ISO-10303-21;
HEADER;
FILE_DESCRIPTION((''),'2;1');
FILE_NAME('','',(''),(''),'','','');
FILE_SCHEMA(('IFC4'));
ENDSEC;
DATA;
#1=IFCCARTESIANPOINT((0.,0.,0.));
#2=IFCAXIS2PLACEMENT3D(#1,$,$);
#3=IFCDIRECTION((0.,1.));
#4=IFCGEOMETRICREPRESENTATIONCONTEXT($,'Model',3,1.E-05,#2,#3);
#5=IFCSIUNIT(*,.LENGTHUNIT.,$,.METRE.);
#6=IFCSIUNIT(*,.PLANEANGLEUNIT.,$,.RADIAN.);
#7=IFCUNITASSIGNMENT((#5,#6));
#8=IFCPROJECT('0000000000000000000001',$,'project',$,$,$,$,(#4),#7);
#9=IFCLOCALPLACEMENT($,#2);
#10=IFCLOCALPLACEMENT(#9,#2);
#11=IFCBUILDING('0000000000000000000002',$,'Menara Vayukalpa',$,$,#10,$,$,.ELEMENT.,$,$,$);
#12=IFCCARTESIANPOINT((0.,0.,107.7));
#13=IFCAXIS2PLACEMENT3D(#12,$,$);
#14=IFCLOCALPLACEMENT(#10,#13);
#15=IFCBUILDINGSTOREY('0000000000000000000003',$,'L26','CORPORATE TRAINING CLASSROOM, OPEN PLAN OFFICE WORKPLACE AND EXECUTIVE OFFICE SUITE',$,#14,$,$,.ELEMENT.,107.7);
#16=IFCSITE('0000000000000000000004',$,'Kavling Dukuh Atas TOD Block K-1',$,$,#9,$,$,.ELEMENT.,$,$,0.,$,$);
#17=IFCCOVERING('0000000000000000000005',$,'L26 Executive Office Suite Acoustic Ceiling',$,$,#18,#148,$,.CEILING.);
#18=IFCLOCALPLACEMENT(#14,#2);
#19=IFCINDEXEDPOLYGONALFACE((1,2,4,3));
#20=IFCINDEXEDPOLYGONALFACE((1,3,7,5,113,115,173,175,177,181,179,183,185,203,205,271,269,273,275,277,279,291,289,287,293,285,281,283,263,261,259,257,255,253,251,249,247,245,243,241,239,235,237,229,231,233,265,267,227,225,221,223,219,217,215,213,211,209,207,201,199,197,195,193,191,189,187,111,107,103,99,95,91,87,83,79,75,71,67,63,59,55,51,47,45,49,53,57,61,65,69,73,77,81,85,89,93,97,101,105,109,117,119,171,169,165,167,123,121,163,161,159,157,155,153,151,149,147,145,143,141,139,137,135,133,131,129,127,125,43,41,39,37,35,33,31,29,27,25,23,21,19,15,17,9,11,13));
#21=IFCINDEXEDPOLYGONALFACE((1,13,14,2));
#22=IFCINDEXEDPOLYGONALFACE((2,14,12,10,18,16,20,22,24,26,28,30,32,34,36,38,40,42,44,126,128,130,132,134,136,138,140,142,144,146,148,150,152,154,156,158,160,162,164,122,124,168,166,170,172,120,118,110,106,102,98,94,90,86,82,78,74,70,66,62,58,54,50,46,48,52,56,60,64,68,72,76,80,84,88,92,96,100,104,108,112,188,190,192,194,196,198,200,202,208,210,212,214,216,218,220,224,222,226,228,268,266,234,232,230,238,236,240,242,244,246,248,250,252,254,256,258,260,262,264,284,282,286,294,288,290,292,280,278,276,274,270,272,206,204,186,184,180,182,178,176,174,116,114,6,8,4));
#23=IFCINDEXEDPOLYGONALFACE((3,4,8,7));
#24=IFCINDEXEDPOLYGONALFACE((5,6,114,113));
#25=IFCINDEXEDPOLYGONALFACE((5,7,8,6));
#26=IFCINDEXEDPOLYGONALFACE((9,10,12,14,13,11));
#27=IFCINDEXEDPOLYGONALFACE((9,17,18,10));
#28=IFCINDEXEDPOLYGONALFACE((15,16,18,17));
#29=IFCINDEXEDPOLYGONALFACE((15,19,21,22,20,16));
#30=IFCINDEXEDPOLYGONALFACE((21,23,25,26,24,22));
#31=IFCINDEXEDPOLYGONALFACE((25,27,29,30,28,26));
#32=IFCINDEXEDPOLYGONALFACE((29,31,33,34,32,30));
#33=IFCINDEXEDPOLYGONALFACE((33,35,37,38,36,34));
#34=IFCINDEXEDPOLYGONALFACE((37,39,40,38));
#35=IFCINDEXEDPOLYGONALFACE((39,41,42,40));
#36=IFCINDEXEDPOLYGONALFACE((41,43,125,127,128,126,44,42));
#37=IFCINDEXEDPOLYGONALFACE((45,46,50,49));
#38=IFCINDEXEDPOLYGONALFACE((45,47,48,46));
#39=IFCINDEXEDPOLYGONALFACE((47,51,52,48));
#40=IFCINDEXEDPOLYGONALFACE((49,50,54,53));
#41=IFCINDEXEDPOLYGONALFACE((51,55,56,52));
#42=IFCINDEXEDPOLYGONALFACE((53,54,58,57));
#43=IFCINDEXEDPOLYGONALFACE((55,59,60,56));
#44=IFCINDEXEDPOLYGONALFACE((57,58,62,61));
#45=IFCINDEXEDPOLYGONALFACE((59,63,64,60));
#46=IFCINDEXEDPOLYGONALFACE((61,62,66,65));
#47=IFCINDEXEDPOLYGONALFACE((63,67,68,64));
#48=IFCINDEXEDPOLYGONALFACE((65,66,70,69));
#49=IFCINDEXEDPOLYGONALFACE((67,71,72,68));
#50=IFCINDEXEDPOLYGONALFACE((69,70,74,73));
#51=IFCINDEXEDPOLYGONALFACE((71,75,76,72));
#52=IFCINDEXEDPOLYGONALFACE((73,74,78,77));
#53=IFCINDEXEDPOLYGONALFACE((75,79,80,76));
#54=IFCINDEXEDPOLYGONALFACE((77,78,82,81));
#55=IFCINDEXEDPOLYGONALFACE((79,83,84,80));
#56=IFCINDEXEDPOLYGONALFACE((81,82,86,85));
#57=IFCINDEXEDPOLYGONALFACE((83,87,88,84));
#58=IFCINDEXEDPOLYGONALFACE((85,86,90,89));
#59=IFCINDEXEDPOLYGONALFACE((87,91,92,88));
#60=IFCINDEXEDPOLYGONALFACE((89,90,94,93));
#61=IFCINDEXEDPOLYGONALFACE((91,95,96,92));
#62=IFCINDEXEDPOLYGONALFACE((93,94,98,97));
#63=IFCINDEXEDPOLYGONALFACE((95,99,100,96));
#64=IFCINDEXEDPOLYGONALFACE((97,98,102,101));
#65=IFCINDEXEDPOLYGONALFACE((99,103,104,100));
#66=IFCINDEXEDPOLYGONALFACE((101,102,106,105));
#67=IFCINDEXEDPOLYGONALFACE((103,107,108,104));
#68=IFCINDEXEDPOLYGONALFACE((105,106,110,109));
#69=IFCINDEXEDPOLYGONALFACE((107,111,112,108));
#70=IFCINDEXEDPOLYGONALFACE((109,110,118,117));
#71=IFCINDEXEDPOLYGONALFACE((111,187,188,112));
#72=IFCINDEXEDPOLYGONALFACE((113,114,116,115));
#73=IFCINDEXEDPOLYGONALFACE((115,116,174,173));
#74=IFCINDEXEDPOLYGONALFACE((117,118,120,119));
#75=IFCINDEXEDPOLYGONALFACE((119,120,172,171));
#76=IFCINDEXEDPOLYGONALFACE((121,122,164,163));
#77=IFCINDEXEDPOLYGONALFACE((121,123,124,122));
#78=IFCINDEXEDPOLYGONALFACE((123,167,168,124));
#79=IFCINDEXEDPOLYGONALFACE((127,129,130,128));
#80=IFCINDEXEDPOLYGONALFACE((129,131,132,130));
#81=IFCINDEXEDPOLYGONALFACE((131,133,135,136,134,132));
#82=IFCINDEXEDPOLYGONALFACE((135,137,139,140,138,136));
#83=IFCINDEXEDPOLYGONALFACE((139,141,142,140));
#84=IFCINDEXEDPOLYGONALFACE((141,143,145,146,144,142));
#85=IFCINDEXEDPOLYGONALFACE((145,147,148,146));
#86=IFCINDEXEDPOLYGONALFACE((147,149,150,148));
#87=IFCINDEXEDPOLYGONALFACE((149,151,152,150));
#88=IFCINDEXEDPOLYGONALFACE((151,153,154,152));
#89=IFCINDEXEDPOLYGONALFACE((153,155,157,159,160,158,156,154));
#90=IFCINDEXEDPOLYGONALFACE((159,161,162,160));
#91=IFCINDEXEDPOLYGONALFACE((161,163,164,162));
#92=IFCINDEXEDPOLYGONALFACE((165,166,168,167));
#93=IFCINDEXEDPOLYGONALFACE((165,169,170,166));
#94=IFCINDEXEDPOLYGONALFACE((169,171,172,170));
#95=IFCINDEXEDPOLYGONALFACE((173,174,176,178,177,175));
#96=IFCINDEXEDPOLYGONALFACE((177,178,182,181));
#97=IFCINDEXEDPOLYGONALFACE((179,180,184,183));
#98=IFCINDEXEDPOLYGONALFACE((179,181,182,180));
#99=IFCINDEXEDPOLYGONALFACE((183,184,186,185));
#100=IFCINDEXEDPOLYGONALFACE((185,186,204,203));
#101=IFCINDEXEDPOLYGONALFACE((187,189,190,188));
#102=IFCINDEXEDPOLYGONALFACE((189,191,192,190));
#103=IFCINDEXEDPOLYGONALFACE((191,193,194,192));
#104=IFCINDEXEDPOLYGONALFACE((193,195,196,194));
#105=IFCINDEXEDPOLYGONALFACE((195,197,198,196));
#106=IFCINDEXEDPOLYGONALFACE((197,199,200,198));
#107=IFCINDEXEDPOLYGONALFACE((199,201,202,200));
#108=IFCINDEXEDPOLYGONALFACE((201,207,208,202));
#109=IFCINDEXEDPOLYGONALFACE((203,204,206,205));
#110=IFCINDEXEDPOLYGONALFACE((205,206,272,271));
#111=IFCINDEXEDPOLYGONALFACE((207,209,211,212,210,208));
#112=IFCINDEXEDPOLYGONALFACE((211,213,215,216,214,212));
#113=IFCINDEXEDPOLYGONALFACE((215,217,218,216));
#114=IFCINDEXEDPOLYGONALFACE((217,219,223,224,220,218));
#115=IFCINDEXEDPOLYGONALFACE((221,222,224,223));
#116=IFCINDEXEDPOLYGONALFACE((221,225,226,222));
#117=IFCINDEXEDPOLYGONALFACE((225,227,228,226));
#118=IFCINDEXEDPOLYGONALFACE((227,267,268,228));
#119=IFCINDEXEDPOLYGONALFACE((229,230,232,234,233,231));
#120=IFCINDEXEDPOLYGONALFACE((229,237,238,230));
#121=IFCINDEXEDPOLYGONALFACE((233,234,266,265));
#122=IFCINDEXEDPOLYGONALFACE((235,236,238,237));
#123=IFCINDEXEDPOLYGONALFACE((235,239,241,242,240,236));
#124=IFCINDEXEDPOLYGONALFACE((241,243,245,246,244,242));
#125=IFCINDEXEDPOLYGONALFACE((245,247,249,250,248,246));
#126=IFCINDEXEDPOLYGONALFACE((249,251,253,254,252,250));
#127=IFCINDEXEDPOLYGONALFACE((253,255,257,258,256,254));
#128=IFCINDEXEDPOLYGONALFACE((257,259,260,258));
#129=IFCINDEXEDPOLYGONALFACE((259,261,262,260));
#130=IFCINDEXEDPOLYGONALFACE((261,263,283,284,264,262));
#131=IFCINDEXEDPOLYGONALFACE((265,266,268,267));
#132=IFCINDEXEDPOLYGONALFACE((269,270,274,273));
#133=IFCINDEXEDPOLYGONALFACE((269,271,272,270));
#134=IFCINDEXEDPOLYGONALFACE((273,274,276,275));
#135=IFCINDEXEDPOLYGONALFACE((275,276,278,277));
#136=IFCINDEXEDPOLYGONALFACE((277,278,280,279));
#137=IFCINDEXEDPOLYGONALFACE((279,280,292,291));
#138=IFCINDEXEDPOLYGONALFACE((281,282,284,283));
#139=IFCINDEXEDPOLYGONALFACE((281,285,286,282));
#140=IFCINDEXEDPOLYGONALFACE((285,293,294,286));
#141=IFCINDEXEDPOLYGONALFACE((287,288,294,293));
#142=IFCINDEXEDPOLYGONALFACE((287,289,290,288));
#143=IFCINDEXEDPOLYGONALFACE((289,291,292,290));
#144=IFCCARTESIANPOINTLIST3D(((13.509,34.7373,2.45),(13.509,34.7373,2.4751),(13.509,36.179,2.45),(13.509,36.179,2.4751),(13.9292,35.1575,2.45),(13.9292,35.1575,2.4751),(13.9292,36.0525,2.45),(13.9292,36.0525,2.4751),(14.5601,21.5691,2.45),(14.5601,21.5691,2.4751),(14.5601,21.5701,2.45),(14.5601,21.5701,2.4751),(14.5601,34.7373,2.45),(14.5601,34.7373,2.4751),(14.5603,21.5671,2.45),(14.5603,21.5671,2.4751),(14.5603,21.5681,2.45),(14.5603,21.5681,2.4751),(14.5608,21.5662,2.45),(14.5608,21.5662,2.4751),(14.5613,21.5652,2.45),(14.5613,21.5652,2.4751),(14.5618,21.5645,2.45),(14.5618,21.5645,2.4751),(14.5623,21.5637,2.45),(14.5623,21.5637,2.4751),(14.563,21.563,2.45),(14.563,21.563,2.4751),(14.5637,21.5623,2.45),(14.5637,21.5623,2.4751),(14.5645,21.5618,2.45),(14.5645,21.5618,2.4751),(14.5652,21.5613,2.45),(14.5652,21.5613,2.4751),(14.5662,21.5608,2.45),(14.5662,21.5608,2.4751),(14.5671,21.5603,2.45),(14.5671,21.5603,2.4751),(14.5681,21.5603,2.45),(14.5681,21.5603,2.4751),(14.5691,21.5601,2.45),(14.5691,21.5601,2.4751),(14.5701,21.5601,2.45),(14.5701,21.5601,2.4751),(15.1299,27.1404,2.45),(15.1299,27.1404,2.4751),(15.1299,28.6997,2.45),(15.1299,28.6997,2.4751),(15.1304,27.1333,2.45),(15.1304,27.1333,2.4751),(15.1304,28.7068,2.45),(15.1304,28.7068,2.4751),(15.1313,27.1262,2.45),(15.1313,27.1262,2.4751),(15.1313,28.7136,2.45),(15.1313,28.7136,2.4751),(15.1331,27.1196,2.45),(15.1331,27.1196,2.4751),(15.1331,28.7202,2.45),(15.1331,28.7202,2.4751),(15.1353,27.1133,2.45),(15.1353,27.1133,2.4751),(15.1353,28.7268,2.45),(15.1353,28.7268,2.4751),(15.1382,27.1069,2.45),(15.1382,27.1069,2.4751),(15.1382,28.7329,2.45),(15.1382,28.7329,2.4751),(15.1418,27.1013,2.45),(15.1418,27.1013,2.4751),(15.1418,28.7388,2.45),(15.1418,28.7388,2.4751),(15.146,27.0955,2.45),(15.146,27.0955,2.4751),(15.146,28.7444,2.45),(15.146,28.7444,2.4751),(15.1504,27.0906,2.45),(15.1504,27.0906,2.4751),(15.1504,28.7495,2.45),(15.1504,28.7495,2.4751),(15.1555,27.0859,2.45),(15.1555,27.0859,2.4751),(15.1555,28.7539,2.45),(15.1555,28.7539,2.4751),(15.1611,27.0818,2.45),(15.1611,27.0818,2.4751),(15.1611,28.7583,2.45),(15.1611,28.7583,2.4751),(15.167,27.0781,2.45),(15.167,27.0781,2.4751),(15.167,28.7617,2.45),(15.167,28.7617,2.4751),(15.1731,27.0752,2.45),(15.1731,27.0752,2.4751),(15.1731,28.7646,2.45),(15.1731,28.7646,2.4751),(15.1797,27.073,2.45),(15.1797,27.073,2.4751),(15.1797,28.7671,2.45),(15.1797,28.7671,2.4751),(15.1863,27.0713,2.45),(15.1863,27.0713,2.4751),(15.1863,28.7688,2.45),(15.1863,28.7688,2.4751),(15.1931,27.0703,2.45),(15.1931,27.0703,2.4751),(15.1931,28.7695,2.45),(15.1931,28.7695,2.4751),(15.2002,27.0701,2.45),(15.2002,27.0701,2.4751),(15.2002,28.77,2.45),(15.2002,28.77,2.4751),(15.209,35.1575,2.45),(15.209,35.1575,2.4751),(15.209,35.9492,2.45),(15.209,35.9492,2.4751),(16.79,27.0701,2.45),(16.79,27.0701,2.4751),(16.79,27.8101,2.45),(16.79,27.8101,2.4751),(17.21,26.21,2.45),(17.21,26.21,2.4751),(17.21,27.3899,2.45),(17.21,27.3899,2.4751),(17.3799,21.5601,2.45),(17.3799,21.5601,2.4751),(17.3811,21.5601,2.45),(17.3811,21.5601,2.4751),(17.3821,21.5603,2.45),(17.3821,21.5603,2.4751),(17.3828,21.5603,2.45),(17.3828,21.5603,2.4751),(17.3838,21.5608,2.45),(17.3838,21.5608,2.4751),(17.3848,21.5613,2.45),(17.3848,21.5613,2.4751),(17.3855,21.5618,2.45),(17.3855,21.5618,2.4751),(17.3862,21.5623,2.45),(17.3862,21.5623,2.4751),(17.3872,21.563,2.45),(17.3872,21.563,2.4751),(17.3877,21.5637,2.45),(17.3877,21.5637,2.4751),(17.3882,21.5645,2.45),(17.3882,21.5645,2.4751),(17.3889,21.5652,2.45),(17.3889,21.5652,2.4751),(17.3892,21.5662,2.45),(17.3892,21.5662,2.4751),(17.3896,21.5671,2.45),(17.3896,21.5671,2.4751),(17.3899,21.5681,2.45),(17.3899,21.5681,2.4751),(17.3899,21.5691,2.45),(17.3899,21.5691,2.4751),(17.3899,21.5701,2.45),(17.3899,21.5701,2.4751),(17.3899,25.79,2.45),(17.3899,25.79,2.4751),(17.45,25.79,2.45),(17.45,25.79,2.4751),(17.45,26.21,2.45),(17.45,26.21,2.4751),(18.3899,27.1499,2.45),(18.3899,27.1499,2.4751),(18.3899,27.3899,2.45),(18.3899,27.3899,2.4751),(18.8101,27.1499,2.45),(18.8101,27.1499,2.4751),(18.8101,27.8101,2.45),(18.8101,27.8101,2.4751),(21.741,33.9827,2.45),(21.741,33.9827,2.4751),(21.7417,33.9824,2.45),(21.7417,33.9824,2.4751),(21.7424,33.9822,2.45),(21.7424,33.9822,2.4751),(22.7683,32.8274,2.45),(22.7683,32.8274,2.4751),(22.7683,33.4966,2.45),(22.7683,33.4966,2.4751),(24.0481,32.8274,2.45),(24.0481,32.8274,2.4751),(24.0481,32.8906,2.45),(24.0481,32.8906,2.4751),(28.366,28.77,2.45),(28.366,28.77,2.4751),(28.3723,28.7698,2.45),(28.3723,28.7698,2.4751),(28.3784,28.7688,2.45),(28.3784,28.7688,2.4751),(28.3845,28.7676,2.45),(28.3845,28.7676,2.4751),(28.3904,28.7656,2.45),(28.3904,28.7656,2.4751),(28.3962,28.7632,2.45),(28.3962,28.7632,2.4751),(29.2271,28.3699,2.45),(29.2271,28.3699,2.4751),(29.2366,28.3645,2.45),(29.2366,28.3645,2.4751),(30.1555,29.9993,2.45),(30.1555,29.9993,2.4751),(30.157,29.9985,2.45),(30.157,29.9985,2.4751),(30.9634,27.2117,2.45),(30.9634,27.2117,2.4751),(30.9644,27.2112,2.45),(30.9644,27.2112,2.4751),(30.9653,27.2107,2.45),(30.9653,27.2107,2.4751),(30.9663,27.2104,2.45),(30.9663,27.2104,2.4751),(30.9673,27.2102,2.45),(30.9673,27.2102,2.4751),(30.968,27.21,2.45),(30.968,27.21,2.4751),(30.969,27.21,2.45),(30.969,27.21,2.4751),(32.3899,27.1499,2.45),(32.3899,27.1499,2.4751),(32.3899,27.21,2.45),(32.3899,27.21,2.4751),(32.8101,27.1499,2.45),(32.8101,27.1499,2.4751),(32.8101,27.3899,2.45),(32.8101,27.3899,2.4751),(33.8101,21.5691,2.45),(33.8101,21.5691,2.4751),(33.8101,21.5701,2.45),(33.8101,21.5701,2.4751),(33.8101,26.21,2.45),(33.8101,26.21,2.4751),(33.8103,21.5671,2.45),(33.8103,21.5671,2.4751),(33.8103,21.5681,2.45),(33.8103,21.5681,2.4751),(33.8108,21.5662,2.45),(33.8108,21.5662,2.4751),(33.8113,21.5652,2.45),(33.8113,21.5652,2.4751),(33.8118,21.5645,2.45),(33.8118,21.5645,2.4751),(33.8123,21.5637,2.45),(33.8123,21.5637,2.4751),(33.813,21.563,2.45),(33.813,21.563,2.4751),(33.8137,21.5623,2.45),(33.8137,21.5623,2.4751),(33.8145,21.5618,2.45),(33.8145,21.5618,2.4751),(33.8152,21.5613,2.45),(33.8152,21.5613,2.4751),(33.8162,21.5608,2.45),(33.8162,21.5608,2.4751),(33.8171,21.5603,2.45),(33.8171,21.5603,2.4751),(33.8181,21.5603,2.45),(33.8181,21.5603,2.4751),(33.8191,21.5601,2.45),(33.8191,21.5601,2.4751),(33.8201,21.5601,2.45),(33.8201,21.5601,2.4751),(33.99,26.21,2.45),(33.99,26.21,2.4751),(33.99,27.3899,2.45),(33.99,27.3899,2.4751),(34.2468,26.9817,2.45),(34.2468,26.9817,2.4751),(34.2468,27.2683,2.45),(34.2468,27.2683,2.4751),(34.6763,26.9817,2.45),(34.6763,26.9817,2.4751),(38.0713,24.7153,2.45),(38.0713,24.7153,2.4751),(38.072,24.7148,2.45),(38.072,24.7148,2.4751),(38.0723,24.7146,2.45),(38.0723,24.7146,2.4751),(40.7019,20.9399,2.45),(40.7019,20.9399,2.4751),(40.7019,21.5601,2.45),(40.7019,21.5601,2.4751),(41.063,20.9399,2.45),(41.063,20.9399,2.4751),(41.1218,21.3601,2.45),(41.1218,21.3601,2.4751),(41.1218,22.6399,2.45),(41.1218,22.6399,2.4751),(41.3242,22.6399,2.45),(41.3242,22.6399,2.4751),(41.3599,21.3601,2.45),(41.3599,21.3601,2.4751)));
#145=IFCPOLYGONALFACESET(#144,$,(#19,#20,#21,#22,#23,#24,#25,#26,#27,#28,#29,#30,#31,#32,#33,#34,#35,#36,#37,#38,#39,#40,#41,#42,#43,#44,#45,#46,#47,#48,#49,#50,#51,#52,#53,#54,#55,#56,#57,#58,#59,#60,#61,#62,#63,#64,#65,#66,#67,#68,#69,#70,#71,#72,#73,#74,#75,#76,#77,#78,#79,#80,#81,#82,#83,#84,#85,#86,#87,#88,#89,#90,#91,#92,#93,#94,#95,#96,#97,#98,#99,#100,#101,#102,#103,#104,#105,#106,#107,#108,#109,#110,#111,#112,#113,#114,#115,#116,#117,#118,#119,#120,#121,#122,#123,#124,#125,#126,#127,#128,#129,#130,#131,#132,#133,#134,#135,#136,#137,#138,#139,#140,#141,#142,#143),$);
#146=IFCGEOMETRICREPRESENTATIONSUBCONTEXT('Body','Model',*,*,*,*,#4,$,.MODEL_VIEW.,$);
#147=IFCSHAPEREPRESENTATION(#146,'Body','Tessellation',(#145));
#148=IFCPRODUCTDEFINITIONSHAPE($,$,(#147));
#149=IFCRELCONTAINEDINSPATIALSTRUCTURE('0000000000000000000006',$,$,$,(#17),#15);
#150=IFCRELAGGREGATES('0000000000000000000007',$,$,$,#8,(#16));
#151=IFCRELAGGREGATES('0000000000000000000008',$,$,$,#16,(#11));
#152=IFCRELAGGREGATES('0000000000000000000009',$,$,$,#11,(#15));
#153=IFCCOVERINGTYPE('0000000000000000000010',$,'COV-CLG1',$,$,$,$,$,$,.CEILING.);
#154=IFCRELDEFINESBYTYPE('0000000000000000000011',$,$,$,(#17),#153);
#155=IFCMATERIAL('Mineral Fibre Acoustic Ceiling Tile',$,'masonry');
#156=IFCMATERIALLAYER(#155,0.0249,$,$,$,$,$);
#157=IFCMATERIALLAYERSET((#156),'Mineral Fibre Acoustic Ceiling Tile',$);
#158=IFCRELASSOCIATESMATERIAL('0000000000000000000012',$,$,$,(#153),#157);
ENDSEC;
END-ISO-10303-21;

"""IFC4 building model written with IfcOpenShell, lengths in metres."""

from ifc_helpers import new_model, si_unit, direction, frame, origin, place, context, subcontext, project, spatial, polyline, outline, extrude, material, layer, layer_set, type_object, element, save


model = new_model("IFC4")

# Units and contexts
model_context = context("Model", 3, precision=1e-05, world=origin(), true_north=direction((0.0, 1.0)))
body_context = subcontext(model_context, "Body", "Model", "MODEL_VIEW")
ifc_project = project(units=[si_unit("LENGTHUNIT", "METRE"), si_unit("PLANEANGLEUNIT", "RADIAN")], contexts=[model_context])

# Site, building, storey
site_placement = place(None, origin())
site = spatial("IfcSite", under=ifc_project, at=site_placement, Name="Kavling Dukuh Atas TOD Block K-1", CompositionType="ELEMENT", RefElevation=0.0)
building_placement = place(site_placement, origin())
building = spatial("IfcBuilding", under=site, at=building_placement, Name="Menara Vayukalpa", CompositionType="ELEMENT")
storey_placement = place(building_placement, frame((0.0, 0.0, 107.7)))
storey = spatial("IfcBuildingStorey", under=building, at=storey_placement, Name="L26", Description="CORPORATE TRAINING CLASSROOM, OPEN PLAN OFFICE WORKPLACE AND EXECUTIVE OFFICE SUITE", CompositionType="ELEMENT", Elevation=107.7)

# Covering
ifc_material_1 = material(Name="Mineral Fibre Acoustic Ceiling Tile", Category="masonry")
ifc_layer_1 = layer(ifc_material_1, 0.0249)
ifc_layer_set_1 = layer_set([ifc_layer_1], Name="Mineral Fibre Acoustic Ceiling Tile")
covering_type_1 = type_object("IfcCoveringType", Name="COV-CLG1", PredefinedType="CEILING", material=ifc_layer_set_1)
covering_1_placement = place(storey_placement, frame((0.0, 0.0, 2.45)))
element("IfcCovering", 1, at=covering_1_placement, inside=storey, type_object=covering_type_1, Name="L26 Executive Office Suite Acoustic Ceiling", PredefinedType="CEILING", context=body_context, shape_type="SweptSolid", body=[
    extrude(outline(polyline([(40.7019, 20.9399), (40.7019, 21.5601), (33.8201, 21.5601), (33.8191, 21.5601), (33.8181, 21.5603), (33.8171, 21.5603), (33.8162, 21.5608), (33.8152, 21.5613), (33.8145, 21.5618), (33.8137, 21.5623), (33.813, 21.563), (33.8123, 21.5637), (33.8118, 21.5645), (33.8113, 21.5652), (33.8108, 21.5662), (33.8103, 21.5671), (33.8103, 21.5681), (33.8101, 21.5691), (33.8101, 21.5701), (33.8101, 26.21), (33.99, 26.21), (33.99, 27.3899), (32.8101, 27.3899), (32.8101, 27.1499), (32.3899, 27.1499), (32.3899, 27.21), (30.969, 27.21), (30.968, 27.21), (30.9673, 27.2102), (30.9663, 27.2104), (30.9653, 27.2107), (30.9644, 27.2112), (30.9634, 27.2117), (29.2366, 28.3645), (29.2271, 28.3699), (28.3962, 28.7632), (28.3904, 28.7656), (28.3845, 28.7676), (28.3784, 28.7688), (28.3723, 28.7698), (28.366, 28.77), (15.2002, 28.77), (15.1931, 28.7695), (15.1863, 28.7688), (15.1797, 28.7671), (15.1731, 28.7646), (15.167, 28.7617), (15.1611, 28.7583), (15.1555, 28.7539), (15.1504, 28.7495), (15.146, 28.7444), (15.1418, 28.7388), (15.1382, 28.7329), (15.1353, 28.7268), (15.1331, 28.7202), (15.1313, 28.7136), (15.1304, 28.7068), (15.1299, 28.6997), (15.1299, 27.1404), (15.1304, 27.1333), (15.1313, 27.1262), (15.1331, 27.1196), (15.1353, 27.1133), (15.1382, 27.1069), (15.1418, 27.1013), (15.146, 27.0955), (15.1504, 27.0906), (15.1555, 27.0859), (15.1611, 27.0818), (15.167, 27.0781), (15.1731, 27.0752), (15.1797, 27.073), (15.1863, 27.0713), (15.1931, 27.0703), (15.2002, 27.0701), (16.79, 27.0701), (16.79, 27.8101), (18.8101, 27.8101), (18.8101, 27.1499), (18.3899, 27.1499), (18.3899, 27.3899), (17.21, 27.3899), (17.21, 26.21), (17.45, 26.21), (17.45, 25.79), (17.3899, 25.79), (17.3899, 21.5701), (17.3899, 21.5691), (17.3899, 21.5681), (17.3896, 21.5671), (17.3892, 21.5662), (17.3889, 21.5652), (17.3882, 21.5645), (17.3877, 21.5637), (17.3872, 21.563), (17.3862, 21.5623), (17.3855, 21.5618), (17.3848, 21.5613), (17.3838, 21.5608), (17.3828, 21.5603), (17.3821, 21.5603), (17.3811, 21.5601), (17.3799, 21.5601), (14.5701, 21.5601), (14.5691, 21.5601), (14.5681, 21.5603), (14.5671, 21.5603), (14.5662, 21.5608), (14.5652, 21.5613), (14.5645, 21.5618), (14.5637, 21.5623), (14.563, 21.563), (14.5623, 21.5637), (14.5618, 21.5645), (14.5613, 21.5652), (14.5608, 21.5662), (14.5603, 21.5671), (14.5603, 21.5681), (14.5601, 21.5691), (14.5601, 21.5701), (14.5601, 34.7373), (13.509, 34.7373), (13.509, 36.179), (13.9292, 36.0525), (13.9292, 35.1575), (15.209, 35.1575), (15.209, 35.9492), (21.741, 33.9827), (21.7417, 33.9824), (21.7424, 33.9822), (22.7683, 33.4966), (22.7683, 32.8274), (24.0481, 32.8274), (24.0481, 32.8906), (30.1555, 29.9993), (30.157, 29.9985), (34.2468, 27.2683), (34.2468, 26.9817), (34.6763, 26.9817), (38.0713, 24.7153), (38.072, 24.7148), (38.0723, 24.7146), (41.3242, 22.6399), (41.1218, 22.6399), (41.1218, 21.3601), (41.3599, 21.3601), (41.063, 20.9399), (40.7019, 20.9399)])), origin(), (0.0, 0.0, 1.0), 0.0251),
])

save(model, "model.ifc")
